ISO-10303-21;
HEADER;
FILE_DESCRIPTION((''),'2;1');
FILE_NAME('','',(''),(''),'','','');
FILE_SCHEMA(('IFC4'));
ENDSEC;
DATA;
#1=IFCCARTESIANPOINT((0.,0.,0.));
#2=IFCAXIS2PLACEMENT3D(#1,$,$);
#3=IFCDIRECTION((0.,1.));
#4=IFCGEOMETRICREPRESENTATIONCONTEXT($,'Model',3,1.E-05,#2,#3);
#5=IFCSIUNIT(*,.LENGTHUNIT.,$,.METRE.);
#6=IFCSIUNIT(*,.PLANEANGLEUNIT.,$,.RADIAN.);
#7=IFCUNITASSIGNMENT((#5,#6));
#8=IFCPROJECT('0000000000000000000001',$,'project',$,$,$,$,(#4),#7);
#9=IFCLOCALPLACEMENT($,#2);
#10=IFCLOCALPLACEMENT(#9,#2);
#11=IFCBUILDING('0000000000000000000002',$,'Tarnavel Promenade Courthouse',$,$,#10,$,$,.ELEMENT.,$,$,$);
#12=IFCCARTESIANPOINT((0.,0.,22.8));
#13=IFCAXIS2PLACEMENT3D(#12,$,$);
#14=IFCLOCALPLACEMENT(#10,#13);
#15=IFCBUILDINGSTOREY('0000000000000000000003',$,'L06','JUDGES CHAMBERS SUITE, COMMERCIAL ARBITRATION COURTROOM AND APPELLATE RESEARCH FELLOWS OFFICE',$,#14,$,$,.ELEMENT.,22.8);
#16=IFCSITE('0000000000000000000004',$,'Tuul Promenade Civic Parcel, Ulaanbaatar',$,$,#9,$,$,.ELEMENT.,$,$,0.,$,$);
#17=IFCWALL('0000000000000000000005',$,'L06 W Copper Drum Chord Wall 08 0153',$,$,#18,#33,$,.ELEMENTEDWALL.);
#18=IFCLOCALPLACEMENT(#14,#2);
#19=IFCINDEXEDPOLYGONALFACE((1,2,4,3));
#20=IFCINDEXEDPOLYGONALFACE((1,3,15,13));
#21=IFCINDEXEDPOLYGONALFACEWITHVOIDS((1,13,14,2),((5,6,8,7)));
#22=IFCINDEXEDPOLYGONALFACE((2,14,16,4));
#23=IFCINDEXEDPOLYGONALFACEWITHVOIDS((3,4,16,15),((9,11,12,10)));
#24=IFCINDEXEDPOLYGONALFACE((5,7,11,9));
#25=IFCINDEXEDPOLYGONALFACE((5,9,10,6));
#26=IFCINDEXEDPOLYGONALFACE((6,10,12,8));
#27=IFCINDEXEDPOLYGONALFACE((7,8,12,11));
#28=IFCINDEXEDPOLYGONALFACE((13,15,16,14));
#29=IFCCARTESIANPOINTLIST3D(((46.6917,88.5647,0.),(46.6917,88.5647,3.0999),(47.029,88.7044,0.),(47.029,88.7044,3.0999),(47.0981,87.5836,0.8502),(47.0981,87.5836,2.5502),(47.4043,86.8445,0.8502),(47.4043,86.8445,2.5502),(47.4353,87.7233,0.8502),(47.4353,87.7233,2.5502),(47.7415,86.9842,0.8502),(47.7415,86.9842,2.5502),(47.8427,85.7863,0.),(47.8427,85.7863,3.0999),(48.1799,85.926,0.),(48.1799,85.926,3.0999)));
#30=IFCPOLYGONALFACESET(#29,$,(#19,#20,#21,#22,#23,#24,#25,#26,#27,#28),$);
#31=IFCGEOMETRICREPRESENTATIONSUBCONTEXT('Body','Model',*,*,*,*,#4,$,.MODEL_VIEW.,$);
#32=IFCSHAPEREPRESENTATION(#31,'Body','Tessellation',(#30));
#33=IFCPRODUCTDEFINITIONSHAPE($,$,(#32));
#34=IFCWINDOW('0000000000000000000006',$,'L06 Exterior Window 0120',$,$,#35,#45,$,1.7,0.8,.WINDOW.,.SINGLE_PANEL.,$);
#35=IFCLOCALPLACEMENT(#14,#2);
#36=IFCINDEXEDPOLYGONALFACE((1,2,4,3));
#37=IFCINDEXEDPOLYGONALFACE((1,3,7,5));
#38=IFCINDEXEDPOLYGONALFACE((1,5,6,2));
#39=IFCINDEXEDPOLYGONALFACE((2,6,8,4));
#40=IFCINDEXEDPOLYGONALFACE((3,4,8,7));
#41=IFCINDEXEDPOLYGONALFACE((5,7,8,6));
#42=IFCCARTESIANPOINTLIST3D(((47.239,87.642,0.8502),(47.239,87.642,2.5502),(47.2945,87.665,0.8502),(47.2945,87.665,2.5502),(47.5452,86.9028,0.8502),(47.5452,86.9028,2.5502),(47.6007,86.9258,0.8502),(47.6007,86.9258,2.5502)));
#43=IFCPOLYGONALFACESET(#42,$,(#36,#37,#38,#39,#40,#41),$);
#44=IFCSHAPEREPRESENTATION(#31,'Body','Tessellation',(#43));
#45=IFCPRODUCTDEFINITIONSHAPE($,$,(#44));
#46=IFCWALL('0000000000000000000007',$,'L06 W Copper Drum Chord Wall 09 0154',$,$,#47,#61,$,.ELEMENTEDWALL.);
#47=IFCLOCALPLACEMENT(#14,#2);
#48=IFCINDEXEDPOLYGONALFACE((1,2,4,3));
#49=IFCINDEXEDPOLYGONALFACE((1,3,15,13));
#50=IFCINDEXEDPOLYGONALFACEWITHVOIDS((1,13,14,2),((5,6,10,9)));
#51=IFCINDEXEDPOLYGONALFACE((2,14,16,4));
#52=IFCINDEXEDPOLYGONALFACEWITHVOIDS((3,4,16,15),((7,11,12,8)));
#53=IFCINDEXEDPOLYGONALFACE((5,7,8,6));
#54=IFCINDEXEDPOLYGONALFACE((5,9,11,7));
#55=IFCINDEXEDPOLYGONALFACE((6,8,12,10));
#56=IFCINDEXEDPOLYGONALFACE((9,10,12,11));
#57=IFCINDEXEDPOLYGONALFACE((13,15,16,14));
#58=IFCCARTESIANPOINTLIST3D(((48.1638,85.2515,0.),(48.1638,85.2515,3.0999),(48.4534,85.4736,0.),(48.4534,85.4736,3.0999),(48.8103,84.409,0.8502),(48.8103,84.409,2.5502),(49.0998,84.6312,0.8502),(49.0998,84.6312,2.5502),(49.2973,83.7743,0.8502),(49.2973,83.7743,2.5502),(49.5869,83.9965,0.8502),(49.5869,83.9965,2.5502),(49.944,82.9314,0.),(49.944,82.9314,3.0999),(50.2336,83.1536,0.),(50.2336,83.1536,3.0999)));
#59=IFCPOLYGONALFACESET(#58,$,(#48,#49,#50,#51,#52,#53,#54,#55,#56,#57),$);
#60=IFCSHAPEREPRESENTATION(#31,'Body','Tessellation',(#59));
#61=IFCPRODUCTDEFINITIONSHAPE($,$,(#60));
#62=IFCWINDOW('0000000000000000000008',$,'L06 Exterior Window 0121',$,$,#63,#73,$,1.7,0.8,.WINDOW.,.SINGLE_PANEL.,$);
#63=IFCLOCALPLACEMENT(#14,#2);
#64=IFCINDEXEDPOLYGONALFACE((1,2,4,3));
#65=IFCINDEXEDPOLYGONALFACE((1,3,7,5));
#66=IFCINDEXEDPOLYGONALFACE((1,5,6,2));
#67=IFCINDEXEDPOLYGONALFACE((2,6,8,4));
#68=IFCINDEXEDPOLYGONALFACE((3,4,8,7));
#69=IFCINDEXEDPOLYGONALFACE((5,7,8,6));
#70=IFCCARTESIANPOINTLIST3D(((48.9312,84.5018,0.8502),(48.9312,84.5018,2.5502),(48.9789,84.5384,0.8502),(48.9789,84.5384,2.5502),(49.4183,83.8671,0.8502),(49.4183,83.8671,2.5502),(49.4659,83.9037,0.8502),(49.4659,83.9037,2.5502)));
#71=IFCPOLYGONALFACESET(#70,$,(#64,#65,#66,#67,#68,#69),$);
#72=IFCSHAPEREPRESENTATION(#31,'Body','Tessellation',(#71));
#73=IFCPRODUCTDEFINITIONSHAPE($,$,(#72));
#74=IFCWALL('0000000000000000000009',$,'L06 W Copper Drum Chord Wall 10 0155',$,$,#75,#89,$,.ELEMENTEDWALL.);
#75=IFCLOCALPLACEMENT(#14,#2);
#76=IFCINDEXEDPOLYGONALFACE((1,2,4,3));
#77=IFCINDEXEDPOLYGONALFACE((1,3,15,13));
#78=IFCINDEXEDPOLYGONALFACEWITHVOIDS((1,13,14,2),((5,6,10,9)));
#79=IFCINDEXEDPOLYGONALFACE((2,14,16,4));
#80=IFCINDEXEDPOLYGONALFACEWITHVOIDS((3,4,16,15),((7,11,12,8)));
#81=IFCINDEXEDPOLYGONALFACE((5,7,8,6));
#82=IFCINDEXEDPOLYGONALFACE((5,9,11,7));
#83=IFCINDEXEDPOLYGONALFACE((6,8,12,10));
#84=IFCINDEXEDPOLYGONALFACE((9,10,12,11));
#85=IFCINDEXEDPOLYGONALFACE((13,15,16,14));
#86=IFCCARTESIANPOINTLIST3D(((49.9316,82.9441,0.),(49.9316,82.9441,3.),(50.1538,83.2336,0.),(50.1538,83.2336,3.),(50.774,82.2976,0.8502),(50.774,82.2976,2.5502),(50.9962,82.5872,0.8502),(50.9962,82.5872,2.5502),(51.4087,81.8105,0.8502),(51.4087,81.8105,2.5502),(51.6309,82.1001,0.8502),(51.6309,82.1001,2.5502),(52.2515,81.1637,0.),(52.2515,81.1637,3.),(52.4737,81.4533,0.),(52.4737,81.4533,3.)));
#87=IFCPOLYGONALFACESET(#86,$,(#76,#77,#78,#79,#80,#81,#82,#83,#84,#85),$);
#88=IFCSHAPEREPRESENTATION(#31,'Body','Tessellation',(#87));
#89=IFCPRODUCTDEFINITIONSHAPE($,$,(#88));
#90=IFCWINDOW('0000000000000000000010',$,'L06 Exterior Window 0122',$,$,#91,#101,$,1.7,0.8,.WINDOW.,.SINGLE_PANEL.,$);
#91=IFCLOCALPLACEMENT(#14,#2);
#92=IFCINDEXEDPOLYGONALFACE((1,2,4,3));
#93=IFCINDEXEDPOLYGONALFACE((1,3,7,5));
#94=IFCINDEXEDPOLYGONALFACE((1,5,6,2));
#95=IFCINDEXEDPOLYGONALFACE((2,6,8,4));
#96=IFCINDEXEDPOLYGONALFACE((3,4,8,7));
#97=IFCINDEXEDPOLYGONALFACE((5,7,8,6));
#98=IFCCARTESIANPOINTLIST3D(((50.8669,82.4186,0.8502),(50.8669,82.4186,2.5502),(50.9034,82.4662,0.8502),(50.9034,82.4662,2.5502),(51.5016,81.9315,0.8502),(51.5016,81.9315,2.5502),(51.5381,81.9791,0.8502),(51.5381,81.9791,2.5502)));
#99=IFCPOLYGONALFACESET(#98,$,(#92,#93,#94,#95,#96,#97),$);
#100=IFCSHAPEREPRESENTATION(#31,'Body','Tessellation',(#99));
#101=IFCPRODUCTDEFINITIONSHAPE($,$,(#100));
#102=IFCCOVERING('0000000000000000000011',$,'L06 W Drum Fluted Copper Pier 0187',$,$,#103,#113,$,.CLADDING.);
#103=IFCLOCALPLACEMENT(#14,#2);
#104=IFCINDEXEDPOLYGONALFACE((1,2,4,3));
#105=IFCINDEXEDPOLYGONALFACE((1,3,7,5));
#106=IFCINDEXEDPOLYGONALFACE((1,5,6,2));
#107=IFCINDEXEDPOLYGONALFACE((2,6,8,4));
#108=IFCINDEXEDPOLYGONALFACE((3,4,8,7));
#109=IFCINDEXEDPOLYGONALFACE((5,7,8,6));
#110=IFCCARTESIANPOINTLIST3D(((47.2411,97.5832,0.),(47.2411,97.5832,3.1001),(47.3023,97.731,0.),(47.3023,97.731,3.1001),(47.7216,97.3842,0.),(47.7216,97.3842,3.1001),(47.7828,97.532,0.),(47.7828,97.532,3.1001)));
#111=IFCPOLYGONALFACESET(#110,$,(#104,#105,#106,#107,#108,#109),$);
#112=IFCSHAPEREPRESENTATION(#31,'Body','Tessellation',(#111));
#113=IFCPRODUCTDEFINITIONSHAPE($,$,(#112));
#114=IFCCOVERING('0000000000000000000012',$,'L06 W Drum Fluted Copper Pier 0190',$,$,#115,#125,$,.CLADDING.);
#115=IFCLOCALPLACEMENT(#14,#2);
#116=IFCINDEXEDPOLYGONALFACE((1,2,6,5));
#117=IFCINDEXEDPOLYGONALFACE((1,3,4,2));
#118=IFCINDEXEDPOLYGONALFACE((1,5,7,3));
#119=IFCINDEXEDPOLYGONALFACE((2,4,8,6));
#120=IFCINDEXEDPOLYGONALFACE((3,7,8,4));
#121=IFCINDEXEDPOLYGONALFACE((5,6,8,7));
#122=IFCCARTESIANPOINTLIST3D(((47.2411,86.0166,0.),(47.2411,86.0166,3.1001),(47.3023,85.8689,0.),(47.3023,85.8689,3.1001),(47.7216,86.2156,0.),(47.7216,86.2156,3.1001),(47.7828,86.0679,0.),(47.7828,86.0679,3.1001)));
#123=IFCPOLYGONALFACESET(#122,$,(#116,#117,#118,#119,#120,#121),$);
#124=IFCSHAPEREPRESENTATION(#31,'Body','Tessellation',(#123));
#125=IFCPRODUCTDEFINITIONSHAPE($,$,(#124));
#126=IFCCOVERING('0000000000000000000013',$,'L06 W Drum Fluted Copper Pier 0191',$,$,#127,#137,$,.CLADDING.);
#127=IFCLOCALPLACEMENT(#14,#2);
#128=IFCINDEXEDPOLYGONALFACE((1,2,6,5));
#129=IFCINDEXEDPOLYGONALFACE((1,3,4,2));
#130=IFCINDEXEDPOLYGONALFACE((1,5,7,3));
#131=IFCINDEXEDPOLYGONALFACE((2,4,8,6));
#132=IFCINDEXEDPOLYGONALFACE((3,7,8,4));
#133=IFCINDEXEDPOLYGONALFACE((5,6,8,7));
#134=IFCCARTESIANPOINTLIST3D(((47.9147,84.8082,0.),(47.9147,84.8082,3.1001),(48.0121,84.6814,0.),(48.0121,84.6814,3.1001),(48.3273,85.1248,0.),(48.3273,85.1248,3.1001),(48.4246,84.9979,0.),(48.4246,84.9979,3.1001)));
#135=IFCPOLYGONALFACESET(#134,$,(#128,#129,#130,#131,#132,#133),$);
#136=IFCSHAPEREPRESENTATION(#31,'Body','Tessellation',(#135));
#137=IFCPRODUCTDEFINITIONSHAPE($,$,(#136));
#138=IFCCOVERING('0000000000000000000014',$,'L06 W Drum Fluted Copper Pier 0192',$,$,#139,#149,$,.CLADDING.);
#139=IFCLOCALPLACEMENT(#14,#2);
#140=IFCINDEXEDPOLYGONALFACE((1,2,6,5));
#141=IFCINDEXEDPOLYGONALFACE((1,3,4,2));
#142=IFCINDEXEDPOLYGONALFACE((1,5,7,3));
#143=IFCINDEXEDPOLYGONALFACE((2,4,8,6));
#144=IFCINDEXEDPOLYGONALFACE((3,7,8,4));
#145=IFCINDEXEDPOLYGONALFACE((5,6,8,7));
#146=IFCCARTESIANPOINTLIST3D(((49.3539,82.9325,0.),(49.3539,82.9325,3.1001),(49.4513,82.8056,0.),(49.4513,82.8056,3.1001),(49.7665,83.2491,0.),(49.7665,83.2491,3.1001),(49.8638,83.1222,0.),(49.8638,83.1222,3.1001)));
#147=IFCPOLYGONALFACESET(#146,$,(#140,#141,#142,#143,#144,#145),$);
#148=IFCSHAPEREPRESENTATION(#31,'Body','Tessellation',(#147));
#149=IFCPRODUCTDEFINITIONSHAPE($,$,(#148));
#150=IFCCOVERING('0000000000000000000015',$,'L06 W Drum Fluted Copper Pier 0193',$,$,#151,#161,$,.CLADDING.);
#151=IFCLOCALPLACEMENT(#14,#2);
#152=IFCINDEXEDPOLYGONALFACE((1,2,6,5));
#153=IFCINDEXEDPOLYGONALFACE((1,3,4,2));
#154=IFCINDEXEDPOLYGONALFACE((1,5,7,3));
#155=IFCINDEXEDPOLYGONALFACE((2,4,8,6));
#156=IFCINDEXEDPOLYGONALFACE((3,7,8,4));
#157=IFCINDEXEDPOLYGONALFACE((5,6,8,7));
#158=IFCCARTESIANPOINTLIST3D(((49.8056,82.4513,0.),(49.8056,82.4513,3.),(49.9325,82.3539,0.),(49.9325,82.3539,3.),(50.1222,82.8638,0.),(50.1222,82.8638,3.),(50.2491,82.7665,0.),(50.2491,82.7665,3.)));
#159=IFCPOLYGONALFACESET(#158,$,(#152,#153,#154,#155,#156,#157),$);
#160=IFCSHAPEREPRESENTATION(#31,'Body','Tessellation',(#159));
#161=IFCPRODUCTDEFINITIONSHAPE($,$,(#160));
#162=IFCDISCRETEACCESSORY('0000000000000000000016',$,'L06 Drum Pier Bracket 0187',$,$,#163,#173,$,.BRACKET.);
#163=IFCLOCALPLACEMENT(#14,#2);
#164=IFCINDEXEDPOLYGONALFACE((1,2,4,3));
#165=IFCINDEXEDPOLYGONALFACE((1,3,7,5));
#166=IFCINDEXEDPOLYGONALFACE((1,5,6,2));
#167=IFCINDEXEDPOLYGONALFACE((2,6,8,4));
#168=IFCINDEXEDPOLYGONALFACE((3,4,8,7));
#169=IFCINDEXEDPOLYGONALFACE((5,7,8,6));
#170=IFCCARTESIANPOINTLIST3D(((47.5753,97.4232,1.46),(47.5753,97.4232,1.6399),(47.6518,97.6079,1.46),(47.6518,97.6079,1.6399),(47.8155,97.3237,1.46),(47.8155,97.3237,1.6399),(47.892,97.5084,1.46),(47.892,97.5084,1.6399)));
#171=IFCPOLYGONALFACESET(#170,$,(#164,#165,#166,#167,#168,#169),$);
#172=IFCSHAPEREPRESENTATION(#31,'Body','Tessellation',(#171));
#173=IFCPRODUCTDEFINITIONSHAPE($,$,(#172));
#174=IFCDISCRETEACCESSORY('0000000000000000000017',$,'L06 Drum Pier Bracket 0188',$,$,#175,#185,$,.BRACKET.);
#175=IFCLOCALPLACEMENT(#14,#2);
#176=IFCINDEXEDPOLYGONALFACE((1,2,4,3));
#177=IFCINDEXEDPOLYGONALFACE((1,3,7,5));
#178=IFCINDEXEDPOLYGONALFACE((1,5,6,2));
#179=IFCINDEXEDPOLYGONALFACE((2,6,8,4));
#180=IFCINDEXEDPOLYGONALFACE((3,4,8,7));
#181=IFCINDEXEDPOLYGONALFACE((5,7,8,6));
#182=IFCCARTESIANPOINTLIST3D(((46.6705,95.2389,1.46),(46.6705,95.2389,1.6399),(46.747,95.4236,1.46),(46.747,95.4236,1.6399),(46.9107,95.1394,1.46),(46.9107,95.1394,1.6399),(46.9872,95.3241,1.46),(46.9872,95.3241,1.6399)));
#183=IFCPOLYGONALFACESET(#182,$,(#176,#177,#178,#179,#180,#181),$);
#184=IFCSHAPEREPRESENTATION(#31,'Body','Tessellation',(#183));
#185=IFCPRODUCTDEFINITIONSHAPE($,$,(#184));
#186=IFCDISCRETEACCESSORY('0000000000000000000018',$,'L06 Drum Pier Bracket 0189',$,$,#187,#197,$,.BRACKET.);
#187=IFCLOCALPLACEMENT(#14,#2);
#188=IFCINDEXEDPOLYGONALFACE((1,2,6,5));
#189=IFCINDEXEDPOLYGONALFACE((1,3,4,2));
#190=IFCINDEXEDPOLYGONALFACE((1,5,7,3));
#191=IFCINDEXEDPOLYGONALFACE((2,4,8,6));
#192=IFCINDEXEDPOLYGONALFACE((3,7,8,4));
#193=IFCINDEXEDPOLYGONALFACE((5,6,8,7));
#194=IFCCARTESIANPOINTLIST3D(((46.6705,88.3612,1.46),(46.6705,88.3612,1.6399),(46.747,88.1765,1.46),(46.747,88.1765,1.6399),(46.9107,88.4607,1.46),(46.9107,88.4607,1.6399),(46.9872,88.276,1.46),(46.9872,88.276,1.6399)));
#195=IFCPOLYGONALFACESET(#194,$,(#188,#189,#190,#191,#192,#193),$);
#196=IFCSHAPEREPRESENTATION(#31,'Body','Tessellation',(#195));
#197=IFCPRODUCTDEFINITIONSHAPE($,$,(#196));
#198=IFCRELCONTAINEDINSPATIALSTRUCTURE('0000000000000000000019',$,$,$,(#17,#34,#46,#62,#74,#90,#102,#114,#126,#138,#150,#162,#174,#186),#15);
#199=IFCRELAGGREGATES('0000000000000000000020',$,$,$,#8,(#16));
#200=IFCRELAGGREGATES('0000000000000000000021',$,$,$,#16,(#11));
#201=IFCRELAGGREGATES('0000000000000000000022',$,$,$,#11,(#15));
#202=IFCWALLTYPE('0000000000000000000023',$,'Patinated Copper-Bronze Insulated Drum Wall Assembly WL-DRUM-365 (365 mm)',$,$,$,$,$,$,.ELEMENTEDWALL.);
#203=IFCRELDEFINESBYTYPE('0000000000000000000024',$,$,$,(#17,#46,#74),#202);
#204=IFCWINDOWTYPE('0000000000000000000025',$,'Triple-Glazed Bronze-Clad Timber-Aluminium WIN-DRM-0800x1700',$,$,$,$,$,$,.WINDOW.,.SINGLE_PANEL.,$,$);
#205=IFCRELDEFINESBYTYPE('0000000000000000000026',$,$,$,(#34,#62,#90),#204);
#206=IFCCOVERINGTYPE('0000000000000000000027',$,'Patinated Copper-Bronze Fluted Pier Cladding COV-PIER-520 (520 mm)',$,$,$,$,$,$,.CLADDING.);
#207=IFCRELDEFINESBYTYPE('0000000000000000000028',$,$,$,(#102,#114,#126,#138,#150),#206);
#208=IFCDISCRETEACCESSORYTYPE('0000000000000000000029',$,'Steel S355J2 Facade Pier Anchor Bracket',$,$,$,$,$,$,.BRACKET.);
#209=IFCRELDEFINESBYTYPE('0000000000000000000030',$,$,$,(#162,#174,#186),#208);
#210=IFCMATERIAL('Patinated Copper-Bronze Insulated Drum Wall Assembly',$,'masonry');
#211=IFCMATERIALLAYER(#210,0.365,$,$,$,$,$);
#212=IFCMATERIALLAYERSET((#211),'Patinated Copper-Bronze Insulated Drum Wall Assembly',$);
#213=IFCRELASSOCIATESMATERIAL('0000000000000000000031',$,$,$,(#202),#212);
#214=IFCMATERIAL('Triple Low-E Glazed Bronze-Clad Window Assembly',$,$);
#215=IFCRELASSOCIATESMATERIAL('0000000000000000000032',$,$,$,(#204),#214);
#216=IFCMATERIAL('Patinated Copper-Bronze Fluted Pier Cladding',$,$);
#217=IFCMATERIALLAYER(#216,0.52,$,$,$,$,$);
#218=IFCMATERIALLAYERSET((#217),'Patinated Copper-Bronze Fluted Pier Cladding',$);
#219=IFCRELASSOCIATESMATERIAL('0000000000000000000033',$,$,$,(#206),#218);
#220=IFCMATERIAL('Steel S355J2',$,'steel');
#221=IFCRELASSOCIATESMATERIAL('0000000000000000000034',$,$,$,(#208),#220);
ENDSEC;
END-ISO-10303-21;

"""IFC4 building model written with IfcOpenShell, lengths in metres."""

from ifc_helpers import new_model, si_unit, direction, frame, frame_2d, origin, origin_2d, place, context, subcontext, project, spatial, rectangle, extrude, material, layer, layer_set, type_object, element, fill, save


model = new_model("IFC4")

# Units and contexts
model_context = context("Model", 3, precision=1e-05, world=origin(), true_north=direction((0.0, 1.0)))
body_context = subcontext(model_context, "Body", "Model", "MODEL_VIEW")
ifc_project = project(units=[si_unit("LENGTHUNIT", "METRE"), si_unit("PLANEANGLEUNIT", "RADIAN")], contexts=[model_context])

# Site, building, storey
site_placement = place(None, origin())
site = spatial("IfcSite", under=ifc_project, at=site_placement, Name="Tuul Promenade Civic Parcel, Ulaanbaatar", CompositionType="ELEMENT", RefElevation=0.0)
building_placement = place(site_placement, origin())
building = spatial("IfcBuilding", under=site, at=building_placement, Name="Tarnavel Promenade Courthouse", CompositionType="ELEMENT")
storey_placement = place(building_placement, frame((0.0, 0.0, 22.8)))
storey = spatial("IfcBuildingStorey", under=building, at=storey_placement, Name="L06", Description="JUDGES CHAMBERS SUITE, COMMERCIAL ARBITRATION COURTROOM AND APPELLATE RESEARCH FELLOWS OFFICE", CompositionType="ELEMENT", Elevation=22.8)

# Shared definitions
ifc_material_1 = material(Name="Steel S355J2", Category="steel")

# Walls, openings, windows
ifc_material_2 = material(Name="Patinated Copper-Bronze Insulated Drum Wall Assembly", Category="masonry")
ifc_layer_1 = layer(ifc_material_2, 0.365)
ifc_layer_set_1 = layer_set([ifc_layer_1], Name="Patinated Copper-Bronze Insulated Drum Wall Assembly")
wall_type_1 = type_object("IfcWallType", Name="Patinated Copper-Bronze Insulated Drum Wall Assembly WL-DRUM-365 (365 mm)", PredefinedType="ELEMENTEDWALL", material=ifc_layer_set_1)
ifc_material_3 = material(Name="Triple Low-E Glazed Bronze-Clad Window Assembly")
window_type = type_object("IfcWindowType", Name="Triple-Glazed Bronze-Clad Timber-Aluminium WIN-DRM-0800x1700", PartitioningType="SINGLE_PANEL", PredefinedType="WINDOW", material=ifc_material_3)
wall_1_placement = place(storey_placement, frame((46.8604, 88.6345, 0.0), z_axis=(0.0, 0.0, 1.0), x_axis=(0.382701, -0.923872, 0.0)))
wall_1 = element("IfcWall", 1, at=wall_1_placement, inside=storey, type_object=wall_type_1, Name="L06 W Copper Drum Chord Wall 08 0153", PredefinedType="ELEMENTEDWALL", context=body_context, shape_type="SweptSolid", body=[
    extrude(rectangle(XDim=3.0073, YDim=0.365, at=frame_2d((1.5037, 0.0))), origin(), (0.0, 0.0, 1.0), 3.0999),
])
opening_1_placement = place(wall_1_placement, frame((1.062, 0.0, 0.8501)))
opening_1 = element("IfcOpeningElement", 2, at=opening_1_placement, cuts=wall_1, PredefinedType="OPENING", context=body_context, shape_type="SweptSolid", body=[
    extrude(rectangle(XDim=0.8, YDim=1.7, at=frame_2d((0.3999, 0.8501))), frame((0.0, 0.1924, 0.0), z_axis=(0.0, -1.0, 0.0), x_axis=(1.0, 0.0, 0.0)), (0.0, 0.0, 1.0), 0.385),
])
window_1_placement = place(opening_1_placement, origin())
window_1 = element("IfcWindow", 3, at=window_1_placement, inside=storey, type_object=window_type, Name="L06 Exterior Window 0120", OverallHeight=1.7, OverallWidth=0.8, PartitioningType="SINGLE_PANEL", PredefinedType="WINDOW", context=body_context, shape_type="SweptSolid", body=[
    extrude(rectangle(XDim=0.8, YDim=1.7, at=frame_2d((0.3999, 0.8501))), frame((0.0, 0.03, 0.0), z_axis=(0.0, -1.0, 0.0), x_axis=(1.0, 0.0, 0.0)), (0.0, 0.0, 1.0), 0.0601),
])
fill(opening_1, window_1)
wall_2_placement = place(storey_placement, frame((48.3086, 85.3625, 0.0), z_axis=(0.0, 0.0, 1.0), x_axis=(0.608766, -0.79335, 0.0)))
wall_2 = element("IfcWall", 4, at=wall_2_placement, inside=storey, type_object=wall_type_1, Name="L06 W Copper Drum Chord Wall 09 0154", PredefinedType="ELEMENTEDWALL", context=body_context, shape_type="SweptSolid", body=[
    extrude(rectangle(XDim=2.9243, YDim=0.365, at=frame_2d((1.4622, 0.0))), origin(), (0.0, 0.0, 1.0), 3.0999),
])
opening_2_placement = place(wall_2_placement, frame((1.062, 0.0, 0.8501)))
opening_2 = element("IfcOpeningElement", 5, at=opening_2_placement, cuts=wall_2, PredefinedType="OPENING", context=body_context, shape_type="SweptSolid", body=[
    extrude(rectangle(XDim=0.8, YDim=1.7, at=frame_2d((0.3999, 0.8501))), frame((0.0, 0.1924, 0.0), z_axis=(0.0, -1.0, 0.0), x_axis=(1.0, 0.0, 0.0)), (0.0, 0.0, 1.0), 0.385),
])
window_2_placement = place(opening_2_placement, origin())
window_2 = element("IfcWindow", 6, at=window_2_placement, inside=storey, type_object=window_type, Name="L06 Exterior Window 0121", OverallHeight=1.7, OverallWidth=0.8, PartitioningType="SINGLE_PANEL", PredefinedType="WINDOW", context=body_context, shape_type="SweptSolid", body=[
    extrude(rectangle(XDim=0.8, YDim=1.7, at=frame_2d((0.3999, 0.8501))), frame((0.0, 0.03, 0.0), z_axis=(0.0, -1.0, 0.0), x_axis=(1.0, 0.0, 0.0)), (0.0, 0.0, 1.0), 0.0601),
])
fill(opening_2, window_2)
wall_3_placement = place(storey_placement, frame((50.0427, 83.0889, 0.0), z_axis=(0.0, 0.0, 1.0), x_axis=(0.793319, -0.608807, 0.0)))
wall_3 = element("IfcWall", 7, at=wall_3_placement, inside=storey, type_object=wall_type_1, Name="L06 W Copper Drum Chord Wall 10 0155", PredefinedType="ELEMENTEDWALL", context=body_context, shape_type="SweptSolid", body=[
    extrude(rectangle(XDim=2.9243, YDim=0.365, at=frame_2d((1.4622, 0.0))), origin(), (0.0, 0.0, 1.0), 3.0),
])
opening_3_placement = place(wall_3_placement, frame((1.062, 0.0, 0.8501)))
opening_3 = element("IfcOpeningElement", 8, at=opening_3_placement, cuts=wall_3, PredefinedType="OPENING", context=body_context, shape_type="SweptSolid", body=[
    extrude(rectangle(XDim=0.8, YDim=1.7, at=frame_2d((0.3999, 0.8501))), frame((0.0, 0.1924, 0.0), z_axis=(0.0, -1.0, 0.0), x_axis=(1.0, 0.0, 0.0)), (0.0, 0.0, 1.0), 0.385),
])
window_3_placement = place(opening_3_placement, origin())
window_3 = element("IfcWindow", 9, at=window_3_placement, inside=storey, type_object=window_type, Name="L06 Exterior Window 0122", OverallHeight=1.7, OverallWidth=0.8, PartitioningType="SINGLE_PANEL", PredefinedType="WINDOW", context=body_context, shape_type="SweptSolid", body=[
    extrude(rectangle(XDim=0.8, YDim=1.7, at=frame_2d((0.3999, 0.8501))), frame((0.0, 0.03, 0.0), z_axis=(0.0, -1.0, 0.0), x_axis=(1.0, 0.0, 0.0)), (0.0, 0.0, 1.0), 0.0601),
])
fill(opening_3, window_3)

# Coverings
ifc_material_4 = material(Name="Patinated Copper-Bronze Fluted Pier Cladding")
ifc_layer_2 = layer(ifc_material_4, 0.52)
ifc_layer_set_2 = layer_set([ifc_layer_2], Name="Patinated Copper-Bronze Fluted Pier Cladding")
covering_type = type_object("IfcCoveringType", Name="Patinated Copper-Bronze Fluted Pier Cladding COV-PIER-520 (520 mm)", PredefinedType="CLADDING", material=ifc_layer_set_2)
for number, where, z_axis, x_axis, name in (
    (10, (47.512, 97.5576, 0.0), (0.0, 0.0, 1.0), (-0.382683, -0.92388, 0.0), "L06 W Drum Fluted Copper Pier 0187"),
    (11, (47.512, 86.0422, 0.0), (0.0, 0.0, 1.0), (0.382683, -0.92388, 0.0), "L06 W Drum Fluted Copper Pier 0190"),
    (12, (48.1697, 84.9031, 0.0), (0.0, 0.0, 1.0), (0.608761, -0.793353, 0.0), "L06 W Drum Fluted Copper Pier 0191"),
    (13, (49.6089, 83.0273, 0.0), (0.0, 0.0, 1.0), (0.608761, -0.793353, 0.0), "L06 W Drum Fluted Copper Pier 0192"),
):
    element("IfcCovering", number, at=place(storey_placement, frame(where, z_axis=z_axis, x_axis=x_axis)), inside=storey, type_object=covering_type, Name=name, PredefinedType="CLADDING", context=body_context, shape_type="SweptSolid", body=[
        extrude(rectangle(XDim=0.1599, YDim=0.52, at=origin_2d()), origin(), (0.0, 0.0, 1.0), 3.1001),
    ])
covering_placement = place(storey_placement, frame((50.0273, 82.6089, 0.0), z_axis=(0.0, 0.0, 1.0), x_axis=(0.793353, -0.608761, 0.0)))
element("IfcCovering", 14, at=covering_placement, inside=storey, type_object=covering_type, Name="L06 W Drum Fluted Copper Pier 0193", PredefinedType="CLADDING", context=body_context, shape_type="SweptSolid", body=[
    extrude(rectangle(XDim=0.1599, YDim=0.52, at=origin_2d()), origin(), (0.0, 0.0, 1.0), 3.0),
])

# Discrete accessories
discrete_accessory_type = type_object("IfcDiscreteAccessoryType", Name="Steel S355J2 Facade Pier Anchor Bracket", PredefinedType="BRACKET", material=ifc_material_1)
for number, where, z_axis, x_axis, name in (
    (15, (47.7336, 97.4658, 1.46), (0.0, 0.0, 1.0), (-0.382683, -0.92388, 0.0), "L06 Drum Pier Bracket 0187"),
    (16, (46.8289, 95.2815, 1.46), (0.0, 0.0, 1.0), (-0.382683, -0.92388, 0.0), "L06 Drum Pier Bracket 0188"),
    (17, (46.8289, 88.3186, 1.46), (0.0, 0.0, 1.0), (0.382683, -0.92388, 0.0), "L06 Drum Pier Bracket 0189"),
):
    element("IfcDiscreteAccessory", number, at=place(storey_placement, frame(where, z_axis=z_axis, x_axis=x_axis)), inside=storey, type_object=discrete_accessory_type, Name=name, PredefinedType="BRACKET", context=body_context, shape_type="SweptSolid", body=[
        extrude(rectangle(XDim=0.2, YDim=0.26, at=origin_2d()), origin(), (0.0, 0.0, 1.0), 0.1799),
    ])

save(model, "model.ifc")
